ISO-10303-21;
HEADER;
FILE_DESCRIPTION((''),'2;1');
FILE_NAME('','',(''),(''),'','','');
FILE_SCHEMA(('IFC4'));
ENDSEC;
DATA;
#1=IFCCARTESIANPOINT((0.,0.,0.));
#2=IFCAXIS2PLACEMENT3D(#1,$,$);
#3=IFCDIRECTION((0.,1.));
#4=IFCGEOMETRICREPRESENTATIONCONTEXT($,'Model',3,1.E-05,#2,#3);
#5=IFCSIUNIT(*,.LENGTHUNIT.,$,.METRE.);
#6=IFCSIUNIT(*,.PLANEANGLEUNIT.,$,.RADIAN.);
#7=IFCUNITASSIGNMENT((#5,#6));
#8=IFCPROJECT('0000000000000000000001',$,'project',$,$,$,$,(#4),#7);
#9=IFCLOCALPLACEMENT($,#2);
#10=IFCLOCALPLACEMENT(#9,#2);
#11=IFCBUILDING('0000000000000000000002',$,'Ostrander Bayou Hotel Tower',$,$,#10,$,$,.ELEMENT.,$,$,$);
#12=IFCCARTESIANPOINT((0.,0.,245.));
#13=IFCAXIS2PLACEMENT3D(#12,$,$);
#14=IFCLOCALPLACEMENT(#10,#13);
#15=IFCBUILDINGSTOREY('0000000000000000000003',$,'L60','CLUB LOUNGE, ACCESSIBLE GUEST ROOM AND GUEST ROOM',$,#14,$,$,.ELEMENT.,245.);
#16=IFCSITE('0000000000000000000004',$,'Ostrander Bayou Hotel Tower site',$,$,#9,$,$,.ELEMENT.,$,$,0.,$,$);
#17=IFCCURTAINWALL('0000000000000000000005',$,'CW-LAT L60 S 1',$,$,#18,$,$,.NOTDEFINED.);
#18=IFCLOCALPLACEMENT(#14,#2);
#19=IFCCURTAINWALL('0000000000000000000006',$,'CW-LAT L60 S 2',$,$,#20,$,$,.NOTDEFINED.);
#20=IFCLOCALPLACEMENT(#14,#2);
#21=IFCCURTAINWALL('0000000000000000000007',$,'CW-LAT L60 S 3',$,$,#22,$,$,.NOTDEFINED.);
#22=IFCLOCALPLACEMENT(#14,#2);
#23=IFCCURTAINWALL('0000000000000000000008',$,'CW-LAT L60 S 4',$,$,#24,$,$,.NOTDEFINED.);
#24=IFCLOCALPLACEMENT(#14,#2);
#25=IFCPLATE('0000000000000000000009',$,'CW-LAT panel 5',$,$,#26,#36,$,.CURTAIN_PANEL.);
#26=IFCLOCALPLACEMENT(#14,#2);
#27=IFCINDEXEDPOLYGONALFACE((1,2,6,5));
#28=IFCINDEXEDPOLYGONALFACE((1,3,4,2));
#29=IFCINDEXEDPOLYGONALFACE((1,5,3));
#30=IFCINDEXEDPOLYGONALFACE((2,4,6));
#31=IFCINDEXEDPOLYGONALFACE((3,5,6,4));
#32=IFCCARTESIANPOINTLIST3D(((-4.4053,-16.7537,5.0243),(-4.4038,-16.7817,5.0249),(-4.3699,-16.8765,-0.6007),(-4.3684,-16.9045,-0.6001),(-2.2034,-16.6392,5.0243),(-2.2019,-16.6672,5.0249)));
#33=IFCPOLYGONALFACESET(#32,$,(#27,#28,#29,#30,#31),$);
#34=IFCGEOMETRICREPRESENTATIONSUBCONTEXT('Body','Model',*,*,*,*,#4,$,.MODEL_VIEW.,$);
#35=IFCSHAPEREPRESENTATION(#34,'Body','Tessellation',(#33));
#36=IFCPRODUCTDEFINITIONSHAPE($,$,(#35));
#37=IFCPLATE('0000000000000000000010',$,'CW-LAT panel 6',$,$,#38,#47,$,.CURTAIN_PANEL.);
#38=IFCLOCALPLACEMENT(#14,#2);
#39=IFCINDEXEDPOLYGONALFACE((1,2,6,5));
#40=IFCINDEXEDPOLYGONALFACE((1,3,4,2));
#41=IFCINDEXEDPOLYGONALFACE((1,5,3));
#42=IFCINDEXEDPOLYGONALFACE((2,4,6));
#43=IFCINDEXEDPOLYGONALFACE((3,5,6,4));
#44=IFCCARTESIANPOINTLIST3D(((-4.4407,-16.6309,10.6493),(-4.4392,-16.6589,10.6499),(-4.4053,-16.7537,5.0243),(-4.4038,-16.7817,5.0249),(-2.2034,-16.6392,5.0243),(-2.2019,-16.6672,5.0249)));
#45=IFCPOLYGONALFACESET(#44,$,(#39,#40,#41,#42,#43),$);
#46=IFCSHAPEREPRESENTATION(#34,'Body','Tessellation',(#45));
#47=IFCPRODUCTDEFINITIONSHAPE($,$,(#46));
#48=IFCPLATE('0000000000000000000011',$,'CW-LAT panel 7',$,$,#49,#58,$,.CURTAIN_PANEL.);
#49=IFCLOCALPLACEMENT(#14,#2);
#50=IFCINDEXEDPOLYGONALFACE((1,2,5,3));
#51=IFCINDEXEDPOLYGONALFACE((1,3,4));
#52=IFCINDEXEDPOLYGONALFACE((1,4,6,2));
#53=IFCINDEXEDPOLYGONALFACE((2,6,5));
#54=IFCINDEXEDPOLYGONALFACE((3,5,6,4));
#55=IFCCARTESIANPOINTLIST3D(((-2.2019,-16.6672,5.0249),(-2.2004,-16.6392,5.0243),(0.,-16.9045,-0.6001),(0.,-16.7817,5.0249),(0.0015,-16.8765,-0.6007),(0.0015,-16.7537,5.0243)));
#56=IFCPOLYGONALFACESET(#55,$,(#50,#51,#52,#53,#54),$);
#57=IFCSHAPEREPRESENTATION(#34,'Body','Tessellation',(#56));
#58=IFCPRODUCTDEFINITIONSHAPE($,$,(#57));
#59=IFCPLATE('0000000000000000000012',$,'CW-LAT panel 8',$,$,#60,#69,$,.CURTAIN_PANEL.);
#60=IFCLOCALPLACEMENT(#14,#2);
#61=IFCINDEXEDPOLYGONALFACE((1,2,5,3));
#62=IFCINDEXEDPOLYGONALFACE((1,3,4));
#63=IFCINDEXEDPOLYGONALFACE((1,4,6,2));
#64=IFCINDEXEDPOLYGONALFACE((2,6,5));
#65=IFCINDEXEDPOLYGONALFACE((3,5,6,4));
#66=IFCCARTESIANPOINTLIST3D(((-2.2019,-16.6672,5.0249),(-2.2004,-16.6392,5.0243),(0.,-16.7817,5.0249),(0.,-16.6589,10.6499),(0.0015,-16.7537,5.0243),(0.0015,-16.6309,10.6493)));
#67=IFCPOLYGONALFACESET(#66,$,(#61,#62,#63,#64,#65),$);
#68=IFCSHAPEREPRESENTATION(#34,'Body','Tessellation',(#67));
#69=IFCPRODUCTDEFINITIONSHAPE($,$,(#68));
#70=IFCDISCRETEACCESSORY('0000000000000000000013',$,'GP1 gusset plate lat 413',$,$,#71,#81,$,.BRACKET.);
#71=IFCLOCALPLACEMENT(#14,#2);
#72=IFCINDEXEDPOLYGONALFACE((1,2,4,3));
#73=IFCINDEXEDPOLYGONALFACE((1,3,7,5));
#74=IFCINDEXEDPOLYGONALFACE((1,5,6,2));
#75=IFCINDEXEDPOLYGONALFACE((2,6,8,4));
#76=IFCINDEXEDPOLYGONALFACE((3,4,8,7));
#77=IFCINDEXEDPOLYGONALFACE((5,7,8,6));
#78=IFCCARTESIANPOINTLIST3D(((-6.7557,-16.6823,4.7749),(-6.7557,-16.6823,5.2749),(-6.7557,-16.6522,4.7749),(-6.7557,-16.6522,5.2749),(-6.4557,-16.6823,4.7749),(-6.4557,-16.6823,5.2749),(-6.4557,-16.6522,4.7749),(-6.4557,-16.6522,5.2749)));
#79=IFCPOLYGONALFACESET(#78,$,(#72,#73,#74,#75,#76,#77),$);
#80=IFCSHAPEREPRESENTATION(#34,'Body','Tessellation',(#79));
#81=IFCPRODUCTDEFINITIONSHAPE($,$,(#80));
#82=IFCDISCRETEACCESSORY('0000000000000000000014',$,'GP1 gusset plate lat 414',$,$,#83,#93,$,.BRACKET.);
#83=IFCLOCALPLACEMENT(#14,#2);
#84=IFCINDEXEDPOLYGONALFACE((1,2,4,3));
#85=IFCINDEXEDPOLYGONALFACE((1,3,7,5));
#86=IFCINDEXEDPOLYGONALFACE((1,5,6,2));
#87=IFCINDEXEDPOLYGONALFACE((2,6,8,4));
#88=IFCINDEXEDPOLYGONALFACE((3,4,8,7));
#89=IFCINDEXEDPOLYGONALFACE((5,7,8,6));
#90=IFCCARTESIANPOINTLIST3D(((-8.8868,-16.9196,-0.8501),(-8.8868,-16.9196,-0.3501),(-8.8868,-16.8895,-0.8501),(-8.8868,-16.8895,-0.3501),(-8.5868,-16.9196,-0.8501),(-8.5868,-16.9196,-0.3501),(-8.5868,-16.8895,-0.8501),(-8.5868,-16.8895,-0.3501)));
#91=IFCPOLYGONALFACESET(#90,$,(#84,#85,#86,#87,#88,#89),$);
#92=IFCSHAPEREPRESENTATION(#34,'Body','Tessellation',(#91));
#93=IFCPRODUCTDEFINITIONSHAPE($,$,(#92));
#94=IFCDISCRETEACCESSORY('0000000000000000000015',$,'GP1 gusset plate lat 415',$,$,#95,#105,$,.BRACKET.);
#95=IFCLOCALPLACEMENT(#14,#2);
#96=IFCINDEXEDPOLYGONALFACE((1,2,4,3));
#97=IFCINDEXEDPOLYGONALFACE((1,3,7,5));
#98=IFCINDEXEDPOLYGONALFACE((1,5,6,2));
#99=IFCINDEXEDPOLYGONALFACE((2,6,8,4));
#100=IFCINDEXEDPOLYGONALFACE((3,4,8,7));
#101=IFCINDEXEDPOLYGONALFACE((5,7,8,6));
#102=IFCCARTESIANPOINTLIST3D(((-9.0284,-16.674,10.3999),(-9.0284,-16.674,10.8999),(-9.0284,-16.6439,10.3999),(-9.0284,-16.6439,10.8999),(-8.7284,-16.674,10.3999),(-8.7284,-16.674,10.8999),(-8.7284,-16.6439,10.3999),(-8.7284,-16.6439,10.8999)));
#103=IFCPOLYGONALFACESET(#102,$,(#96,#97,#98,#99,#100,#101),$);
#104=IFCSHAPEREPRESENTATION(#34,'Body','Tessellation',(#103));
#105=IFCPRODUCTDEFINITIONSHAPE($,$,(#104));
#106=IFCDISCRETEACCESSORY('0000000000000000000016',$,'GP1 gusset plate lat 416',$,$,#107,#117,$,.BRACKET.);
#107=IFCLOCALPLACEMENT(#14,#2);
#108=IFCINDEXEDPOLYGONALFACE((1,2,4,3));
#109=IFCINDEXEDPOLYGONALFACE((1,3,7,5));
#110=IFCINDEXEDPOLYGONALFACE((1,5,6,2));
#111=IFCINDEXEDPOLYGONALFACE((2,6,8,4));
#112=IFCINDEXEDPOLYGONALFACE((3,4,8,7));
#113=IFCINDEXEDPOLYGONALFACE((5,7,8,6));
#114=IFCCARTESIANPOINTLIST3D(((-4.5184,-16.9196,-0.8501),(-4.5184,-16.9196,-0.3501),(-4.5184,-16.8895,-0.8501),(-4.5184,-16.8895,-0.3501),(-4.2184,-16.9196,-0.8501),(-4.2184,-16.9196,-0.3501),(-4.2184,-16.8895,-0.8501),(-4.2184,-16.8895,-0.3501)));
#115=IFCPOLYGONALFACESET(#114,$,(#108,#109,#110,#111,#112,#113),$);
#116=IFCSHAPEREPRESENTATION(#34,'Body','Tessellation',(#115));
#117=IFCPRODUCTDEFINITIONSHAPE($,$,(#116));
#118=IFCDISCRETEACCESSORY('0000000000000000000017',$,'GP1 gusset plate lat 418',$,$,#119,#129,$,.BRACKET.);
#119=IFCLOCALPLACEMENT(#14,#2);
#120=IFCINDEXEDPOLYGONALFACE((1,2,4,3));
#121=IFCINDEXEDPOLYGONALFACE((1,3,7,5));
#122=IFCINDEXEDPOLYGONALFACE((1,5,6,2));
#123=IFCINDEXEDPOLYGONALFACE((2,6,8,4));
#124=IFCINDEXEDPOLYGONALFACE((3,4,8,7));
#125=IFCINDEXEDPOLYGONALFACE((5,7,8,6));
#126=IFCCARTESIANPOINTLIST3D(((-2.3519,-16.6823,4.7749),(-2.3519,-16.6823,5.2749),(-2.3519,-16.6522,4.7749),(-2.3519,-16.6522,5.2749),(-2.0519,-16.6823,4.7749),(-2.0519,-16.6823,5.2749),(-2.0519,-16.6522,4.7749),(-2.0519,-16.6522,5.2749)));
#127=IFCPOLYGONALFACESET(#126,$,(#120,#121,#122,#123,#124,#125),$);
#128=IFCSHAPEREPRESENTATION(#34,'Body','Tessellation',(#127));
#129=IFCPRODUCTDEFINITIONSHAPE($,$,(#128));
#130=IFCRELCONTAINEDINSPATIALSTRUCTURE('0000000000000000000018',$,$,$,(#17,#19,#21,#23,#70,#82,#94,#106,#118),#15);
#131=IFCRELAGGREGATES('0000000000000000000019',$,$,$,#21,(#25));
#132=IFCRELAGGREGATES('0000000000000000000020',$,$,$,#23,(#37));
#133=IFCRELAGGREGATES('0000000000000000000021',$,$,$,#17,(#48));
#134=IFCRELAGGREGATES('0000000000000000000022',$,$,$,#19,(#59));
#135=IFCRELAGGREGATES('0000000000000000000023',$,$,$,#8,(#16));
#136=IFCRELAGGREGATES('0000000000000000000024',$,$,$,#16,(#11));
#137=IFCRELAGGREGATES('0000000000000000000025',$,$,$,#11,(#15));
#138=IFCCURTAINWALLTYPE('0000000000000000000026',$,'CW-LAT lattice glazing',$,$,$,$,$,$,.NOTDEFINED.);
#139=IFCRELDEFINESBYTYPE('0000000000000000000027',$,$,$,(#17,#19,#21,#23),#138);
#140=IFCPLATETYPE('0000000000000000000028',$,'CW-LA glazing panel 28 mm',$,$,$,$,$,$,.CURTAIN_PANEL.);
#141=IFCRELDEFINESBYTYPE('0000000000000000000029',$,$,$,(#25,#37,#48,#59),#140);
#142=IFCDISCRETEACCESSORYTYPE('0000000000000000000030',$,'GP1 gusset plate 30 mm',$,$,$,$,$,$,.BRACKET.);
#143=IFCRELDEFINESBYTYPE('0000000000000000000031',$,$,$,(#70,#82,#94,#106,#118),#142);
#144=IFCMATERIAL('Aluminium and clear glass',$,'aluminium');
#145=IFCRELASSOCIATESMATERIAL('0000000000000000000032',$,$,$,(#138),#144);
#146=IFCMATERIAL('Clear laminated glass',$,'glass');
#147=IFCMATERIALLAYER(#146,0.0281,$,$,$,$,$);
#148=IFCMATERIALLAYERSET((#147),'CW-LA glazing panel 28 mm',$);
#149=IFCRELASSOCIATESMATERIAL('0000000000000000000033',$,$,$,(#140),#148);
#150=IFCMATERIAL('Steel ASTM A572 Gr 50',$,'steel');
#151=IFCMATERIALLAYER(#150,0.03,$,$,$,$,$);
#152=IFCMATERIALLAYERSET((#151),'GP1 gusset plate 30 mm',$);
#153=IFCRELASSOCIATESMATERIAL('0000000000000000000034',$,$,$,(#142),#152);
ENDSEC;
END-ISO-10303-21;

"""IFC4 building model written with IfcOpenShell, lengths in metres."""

from ifc_helpers import new_model, si_unit, direction, frame, origin, origin_2d, place, context, subcontext, project, spatial, polyline, rectangle, outline, extrude, material, layer, layer_set, type_object, element, aggregate, save


model = new_model("IFC4")

# Units and contexts
model_context = context("Model", 3, precision=1e-05, world=origin(), true_north=direction((0.0, 1.0)))
body_context = subcontext(model_context, "Body", "Model", "MODEL_VIEW")
ifc_project = project(units=[si_unit("LENGTHUNIT", "METRE"), si_unit("PLANEANGLEUNIT", "RADIAN")], contexts=[model_context])

# Site, building, storey
site_placement = place(None, origin())
site = spatial("IfcSite", under=ifc_project, at=site_placement, Name="Ostrander Bayou Hotel Tower site", CompositionType="ELEMENT", RefElevation=0.0)
building_placement = place(site_placement, origin())
building = spatial("IfcBuilding", under=site, at=building_placement, Name="Ostrander Bayou Hotel Tower", CompositionType="ELEMENT")
storey_placement = place(building_placement, frame((0.0, 0.0, 245.0)))
storey = spatial("IfcBuildingStorey", under=building, at=storey_placement, Name="L60", Description="CLUB LOUNGE, ACCESSIBLE GUEST ROOM AND GUEST ROOM", CompositionType="ELEMENT", Elevation=245.0)

# Curtain walls
ifc_material_1 = material(Name="Aluminium and clear glass", Category="aluminium")
curtain_wall_type = type_object("IfcCurtainWallType", Name="CW-LAT lattice glazing", PredefinedType="NOTDEFINED", material=ifc_material_1)
curtain_wall_1_placement = place(storey_placement, origin())
curtain_wall_1 = element("IfcCurtainWall", 1, at=curtain_wall_1_placement, inside=storey, type_object=curtain_wall_type, Name="CW-LAT L60 S 1", PredefinedType="NOTDEFINED")
curtain_wall_2_placement = place(storey_placement, origin())
curtain_wall_2 = element("IfcCurtainWall", 2, at=curtain_wall_2_placement, inside=storey, type_object=curtain_wall_type, Name="CW-LAT L60 S 2", PredefinedType="NOTDEFINED")

# Curtain walls
curtain_wall_3_placement = place(storey_placement, origin())
curtain_wall_3 = element("IfcCurtainWall", 3, at=curtain_wall_3_placement, inside=storey, type_object=curtain_wall_type, Name="CW-LAT L60 S 3", PredefinedType="NOTDEFINED")
ifc_material_2 = material(Name="Clear laminated glass", Category="glass")
ifc_layer_1 = layer(ifc_material_2, 0.0281)
ifc_layer_set_1 = layer_set([ifc_layer_1], Name="CW-LA glazing panel 28 mm")
plate_type = type_object("IfcPlateType", Name="CW-LA glazing panel 28 mm", PredefinedType="CURTAIN_PANEL", material=ifc_layer_set_1)
curtain_wall_4_placement = place(storey_placement, origin())
curtain_wall_4 = element("IfcCurtainWall", 4, at=curtain_wall_4_placement, inside=storey, type_object=curtain_wall_type, Name="CW-LAT L60 S 4", PredefinedType="NOTDEFINED")

# Plates
plate_1_placement = place(storey_placement, frame((-2.2019, -16.6672, 5.0249), z_axis=(0.051918, -0.998406, 0.022124), x_axis=(-0.359141, -0.039338, -0.932454)))
plate_1 = element("IfcPlate", 5, at=plate_1_placement, type_object=plate_type, Name="CW-LAT panel 5", PredefinedType="CURTAIN_PANEL", context=body_context, shape_type="SweptSolid", body=[
    extrude(outline(polyline([(0.0, 0.0), (6.0325, 0.0), (0.7953, -2.0565), (0.0, 0.0)])), origin(), (0.0, 0.0, -1.0), 0.0281),
])
aggregate(curtain_wall_3, [plate_1])
plate_2_placement = place(storey_placement, frame((-2.2019, -16.6672, 5.0249), z_axis=(0.051918, -0.998406, 0.022124), x_axis=(-0.369582, 0.001371, 0.929197)))
plate_2 = element("IfcPlate", 6, at=plate_2_placement, type_object=plate_type, Name="CW-LAT panel 6", PredefinedType="CURTAIN_PANEL", context=body_context, shape_type="SweptSolid", body=[
    extrude(outline(polyline([(0.0, 0.0), (6.0536, 0.0), (0.8136, 2.0493), (0.0, 0.0)])), origin(), (0.0, 0.0, -1.0), 0.0281),
])
aggregate(curtain_wall_4, [plate_2])
plate_3_placement = place(storey_placement, frame((-2.2019, -16.6672, 5.0249), z_axis=(-0.051919, -0.998413, 0.021797), x_axis=(0.364236, -0.039255, -0.930479)))
plate_3 = element("IfcPlate", 7, at=plate_3_placement, type_object=plate_type, Name="CW-LAT panel 7", PredefinedType="CURTAIN_PANEL", context=body_context, shape_type="SweptSolid", body=[
    extrude(outline(polyline([(0.0, 0.0), (6.0453, 0.0), (0.8065, 2.0521), (0.0, 0.0)])), origin(), (0.0, 0.0, -1.0), 0.0281),
])
aggregate(curtain_wall_1, [plate_3])
plate_4_placement = place(storey_placement, frame((-2.2019, -16.6672, 5.0249), z_axis=(-0.051919, -0.998413, 0.021797), x_axis=(0.364516, 0.001374, 0.931196)))
plate_4 = element("IfcPlate", 8, at=plate_4_placement, type_object=plate_type, Name="CW-LAT panel 8", PredefinedType="CURTAIN_PANEL", context=body_context, shape_type="SweptSolid", body=[
    extrude(outline(polyline([(0.0, 0.0), (6.0406, 0.0), (0.8025, -2.0537), (0.0, 0.0)])), origin(), (0.0, 0.0, -1.0), 0.0281),
])
aggregate(curtain_wall_2, [plate_4])

# Discrete accessories
ifc_material_3 = material(Name="Steel ASTM A572 Gr 50", Category="steel")
ifc_layer_2 = layer(ifc_material_3, 0.03)
ifc_layer_set_2 = layer_set([ifc_layer_2], Name="GP1 gusset plate 30 mm")
discrete_accessory_type = type_object("IfcDiscreteAccessoryType", Name="GP1 gusset plate 30 mm", PredefinedType="BRACKET", material=ifc_layer_set_2)
for number, where, z_axis, x_axis, name in (
    (9, (-6.6057, -16.6672, 4.7749), (0.0, 0.0, 1.0), (1.0, 0.0, 0.0), "GP1 gusset plate lat 413"),
    (10, (-8.7368, -16.9045, -0.8501), (0.0, 0.0, 1.0), (1.0, 0.0, 0.0), "GP1 gusset plate lat 414"),
    (11, (-8.8784, -16.6589, 10.3999), (0.0, 0.0, 1.0), (1.0, 0.0, 0.0), "GP1 gusset plate lat 415"),
    (12, (-4.3684, -16.9045, -0.8501), (0.0, 0.0, 1.0), (1.0, 0.0, 0.0), "GP1 gusset plate lat 416"),
    (13, (-2.2019, -16.6672, 4.7749), (0.0, 0.0, 1.0), (1.0, 0.0, 0.0), "GP1 gusset plate lat 418"),
):
    element("IfcDiscreteAccessory", number, at=place(storey_placement, frame(where, z_axis=z_axis, x_axis=x_axis)), inside=storey, type_object=discrete_accessory_type, Name=name, PredefinedType="BRACKET", context=body_context, shape_type="SweptSolid", body=[
        extrude(rectangle(XDim=0.3, YDim=0.03, at=origin_2d()), origin(), (0.0, 0.0, 1.0), 0.5),
    ])

save(model, "model.ifc")
